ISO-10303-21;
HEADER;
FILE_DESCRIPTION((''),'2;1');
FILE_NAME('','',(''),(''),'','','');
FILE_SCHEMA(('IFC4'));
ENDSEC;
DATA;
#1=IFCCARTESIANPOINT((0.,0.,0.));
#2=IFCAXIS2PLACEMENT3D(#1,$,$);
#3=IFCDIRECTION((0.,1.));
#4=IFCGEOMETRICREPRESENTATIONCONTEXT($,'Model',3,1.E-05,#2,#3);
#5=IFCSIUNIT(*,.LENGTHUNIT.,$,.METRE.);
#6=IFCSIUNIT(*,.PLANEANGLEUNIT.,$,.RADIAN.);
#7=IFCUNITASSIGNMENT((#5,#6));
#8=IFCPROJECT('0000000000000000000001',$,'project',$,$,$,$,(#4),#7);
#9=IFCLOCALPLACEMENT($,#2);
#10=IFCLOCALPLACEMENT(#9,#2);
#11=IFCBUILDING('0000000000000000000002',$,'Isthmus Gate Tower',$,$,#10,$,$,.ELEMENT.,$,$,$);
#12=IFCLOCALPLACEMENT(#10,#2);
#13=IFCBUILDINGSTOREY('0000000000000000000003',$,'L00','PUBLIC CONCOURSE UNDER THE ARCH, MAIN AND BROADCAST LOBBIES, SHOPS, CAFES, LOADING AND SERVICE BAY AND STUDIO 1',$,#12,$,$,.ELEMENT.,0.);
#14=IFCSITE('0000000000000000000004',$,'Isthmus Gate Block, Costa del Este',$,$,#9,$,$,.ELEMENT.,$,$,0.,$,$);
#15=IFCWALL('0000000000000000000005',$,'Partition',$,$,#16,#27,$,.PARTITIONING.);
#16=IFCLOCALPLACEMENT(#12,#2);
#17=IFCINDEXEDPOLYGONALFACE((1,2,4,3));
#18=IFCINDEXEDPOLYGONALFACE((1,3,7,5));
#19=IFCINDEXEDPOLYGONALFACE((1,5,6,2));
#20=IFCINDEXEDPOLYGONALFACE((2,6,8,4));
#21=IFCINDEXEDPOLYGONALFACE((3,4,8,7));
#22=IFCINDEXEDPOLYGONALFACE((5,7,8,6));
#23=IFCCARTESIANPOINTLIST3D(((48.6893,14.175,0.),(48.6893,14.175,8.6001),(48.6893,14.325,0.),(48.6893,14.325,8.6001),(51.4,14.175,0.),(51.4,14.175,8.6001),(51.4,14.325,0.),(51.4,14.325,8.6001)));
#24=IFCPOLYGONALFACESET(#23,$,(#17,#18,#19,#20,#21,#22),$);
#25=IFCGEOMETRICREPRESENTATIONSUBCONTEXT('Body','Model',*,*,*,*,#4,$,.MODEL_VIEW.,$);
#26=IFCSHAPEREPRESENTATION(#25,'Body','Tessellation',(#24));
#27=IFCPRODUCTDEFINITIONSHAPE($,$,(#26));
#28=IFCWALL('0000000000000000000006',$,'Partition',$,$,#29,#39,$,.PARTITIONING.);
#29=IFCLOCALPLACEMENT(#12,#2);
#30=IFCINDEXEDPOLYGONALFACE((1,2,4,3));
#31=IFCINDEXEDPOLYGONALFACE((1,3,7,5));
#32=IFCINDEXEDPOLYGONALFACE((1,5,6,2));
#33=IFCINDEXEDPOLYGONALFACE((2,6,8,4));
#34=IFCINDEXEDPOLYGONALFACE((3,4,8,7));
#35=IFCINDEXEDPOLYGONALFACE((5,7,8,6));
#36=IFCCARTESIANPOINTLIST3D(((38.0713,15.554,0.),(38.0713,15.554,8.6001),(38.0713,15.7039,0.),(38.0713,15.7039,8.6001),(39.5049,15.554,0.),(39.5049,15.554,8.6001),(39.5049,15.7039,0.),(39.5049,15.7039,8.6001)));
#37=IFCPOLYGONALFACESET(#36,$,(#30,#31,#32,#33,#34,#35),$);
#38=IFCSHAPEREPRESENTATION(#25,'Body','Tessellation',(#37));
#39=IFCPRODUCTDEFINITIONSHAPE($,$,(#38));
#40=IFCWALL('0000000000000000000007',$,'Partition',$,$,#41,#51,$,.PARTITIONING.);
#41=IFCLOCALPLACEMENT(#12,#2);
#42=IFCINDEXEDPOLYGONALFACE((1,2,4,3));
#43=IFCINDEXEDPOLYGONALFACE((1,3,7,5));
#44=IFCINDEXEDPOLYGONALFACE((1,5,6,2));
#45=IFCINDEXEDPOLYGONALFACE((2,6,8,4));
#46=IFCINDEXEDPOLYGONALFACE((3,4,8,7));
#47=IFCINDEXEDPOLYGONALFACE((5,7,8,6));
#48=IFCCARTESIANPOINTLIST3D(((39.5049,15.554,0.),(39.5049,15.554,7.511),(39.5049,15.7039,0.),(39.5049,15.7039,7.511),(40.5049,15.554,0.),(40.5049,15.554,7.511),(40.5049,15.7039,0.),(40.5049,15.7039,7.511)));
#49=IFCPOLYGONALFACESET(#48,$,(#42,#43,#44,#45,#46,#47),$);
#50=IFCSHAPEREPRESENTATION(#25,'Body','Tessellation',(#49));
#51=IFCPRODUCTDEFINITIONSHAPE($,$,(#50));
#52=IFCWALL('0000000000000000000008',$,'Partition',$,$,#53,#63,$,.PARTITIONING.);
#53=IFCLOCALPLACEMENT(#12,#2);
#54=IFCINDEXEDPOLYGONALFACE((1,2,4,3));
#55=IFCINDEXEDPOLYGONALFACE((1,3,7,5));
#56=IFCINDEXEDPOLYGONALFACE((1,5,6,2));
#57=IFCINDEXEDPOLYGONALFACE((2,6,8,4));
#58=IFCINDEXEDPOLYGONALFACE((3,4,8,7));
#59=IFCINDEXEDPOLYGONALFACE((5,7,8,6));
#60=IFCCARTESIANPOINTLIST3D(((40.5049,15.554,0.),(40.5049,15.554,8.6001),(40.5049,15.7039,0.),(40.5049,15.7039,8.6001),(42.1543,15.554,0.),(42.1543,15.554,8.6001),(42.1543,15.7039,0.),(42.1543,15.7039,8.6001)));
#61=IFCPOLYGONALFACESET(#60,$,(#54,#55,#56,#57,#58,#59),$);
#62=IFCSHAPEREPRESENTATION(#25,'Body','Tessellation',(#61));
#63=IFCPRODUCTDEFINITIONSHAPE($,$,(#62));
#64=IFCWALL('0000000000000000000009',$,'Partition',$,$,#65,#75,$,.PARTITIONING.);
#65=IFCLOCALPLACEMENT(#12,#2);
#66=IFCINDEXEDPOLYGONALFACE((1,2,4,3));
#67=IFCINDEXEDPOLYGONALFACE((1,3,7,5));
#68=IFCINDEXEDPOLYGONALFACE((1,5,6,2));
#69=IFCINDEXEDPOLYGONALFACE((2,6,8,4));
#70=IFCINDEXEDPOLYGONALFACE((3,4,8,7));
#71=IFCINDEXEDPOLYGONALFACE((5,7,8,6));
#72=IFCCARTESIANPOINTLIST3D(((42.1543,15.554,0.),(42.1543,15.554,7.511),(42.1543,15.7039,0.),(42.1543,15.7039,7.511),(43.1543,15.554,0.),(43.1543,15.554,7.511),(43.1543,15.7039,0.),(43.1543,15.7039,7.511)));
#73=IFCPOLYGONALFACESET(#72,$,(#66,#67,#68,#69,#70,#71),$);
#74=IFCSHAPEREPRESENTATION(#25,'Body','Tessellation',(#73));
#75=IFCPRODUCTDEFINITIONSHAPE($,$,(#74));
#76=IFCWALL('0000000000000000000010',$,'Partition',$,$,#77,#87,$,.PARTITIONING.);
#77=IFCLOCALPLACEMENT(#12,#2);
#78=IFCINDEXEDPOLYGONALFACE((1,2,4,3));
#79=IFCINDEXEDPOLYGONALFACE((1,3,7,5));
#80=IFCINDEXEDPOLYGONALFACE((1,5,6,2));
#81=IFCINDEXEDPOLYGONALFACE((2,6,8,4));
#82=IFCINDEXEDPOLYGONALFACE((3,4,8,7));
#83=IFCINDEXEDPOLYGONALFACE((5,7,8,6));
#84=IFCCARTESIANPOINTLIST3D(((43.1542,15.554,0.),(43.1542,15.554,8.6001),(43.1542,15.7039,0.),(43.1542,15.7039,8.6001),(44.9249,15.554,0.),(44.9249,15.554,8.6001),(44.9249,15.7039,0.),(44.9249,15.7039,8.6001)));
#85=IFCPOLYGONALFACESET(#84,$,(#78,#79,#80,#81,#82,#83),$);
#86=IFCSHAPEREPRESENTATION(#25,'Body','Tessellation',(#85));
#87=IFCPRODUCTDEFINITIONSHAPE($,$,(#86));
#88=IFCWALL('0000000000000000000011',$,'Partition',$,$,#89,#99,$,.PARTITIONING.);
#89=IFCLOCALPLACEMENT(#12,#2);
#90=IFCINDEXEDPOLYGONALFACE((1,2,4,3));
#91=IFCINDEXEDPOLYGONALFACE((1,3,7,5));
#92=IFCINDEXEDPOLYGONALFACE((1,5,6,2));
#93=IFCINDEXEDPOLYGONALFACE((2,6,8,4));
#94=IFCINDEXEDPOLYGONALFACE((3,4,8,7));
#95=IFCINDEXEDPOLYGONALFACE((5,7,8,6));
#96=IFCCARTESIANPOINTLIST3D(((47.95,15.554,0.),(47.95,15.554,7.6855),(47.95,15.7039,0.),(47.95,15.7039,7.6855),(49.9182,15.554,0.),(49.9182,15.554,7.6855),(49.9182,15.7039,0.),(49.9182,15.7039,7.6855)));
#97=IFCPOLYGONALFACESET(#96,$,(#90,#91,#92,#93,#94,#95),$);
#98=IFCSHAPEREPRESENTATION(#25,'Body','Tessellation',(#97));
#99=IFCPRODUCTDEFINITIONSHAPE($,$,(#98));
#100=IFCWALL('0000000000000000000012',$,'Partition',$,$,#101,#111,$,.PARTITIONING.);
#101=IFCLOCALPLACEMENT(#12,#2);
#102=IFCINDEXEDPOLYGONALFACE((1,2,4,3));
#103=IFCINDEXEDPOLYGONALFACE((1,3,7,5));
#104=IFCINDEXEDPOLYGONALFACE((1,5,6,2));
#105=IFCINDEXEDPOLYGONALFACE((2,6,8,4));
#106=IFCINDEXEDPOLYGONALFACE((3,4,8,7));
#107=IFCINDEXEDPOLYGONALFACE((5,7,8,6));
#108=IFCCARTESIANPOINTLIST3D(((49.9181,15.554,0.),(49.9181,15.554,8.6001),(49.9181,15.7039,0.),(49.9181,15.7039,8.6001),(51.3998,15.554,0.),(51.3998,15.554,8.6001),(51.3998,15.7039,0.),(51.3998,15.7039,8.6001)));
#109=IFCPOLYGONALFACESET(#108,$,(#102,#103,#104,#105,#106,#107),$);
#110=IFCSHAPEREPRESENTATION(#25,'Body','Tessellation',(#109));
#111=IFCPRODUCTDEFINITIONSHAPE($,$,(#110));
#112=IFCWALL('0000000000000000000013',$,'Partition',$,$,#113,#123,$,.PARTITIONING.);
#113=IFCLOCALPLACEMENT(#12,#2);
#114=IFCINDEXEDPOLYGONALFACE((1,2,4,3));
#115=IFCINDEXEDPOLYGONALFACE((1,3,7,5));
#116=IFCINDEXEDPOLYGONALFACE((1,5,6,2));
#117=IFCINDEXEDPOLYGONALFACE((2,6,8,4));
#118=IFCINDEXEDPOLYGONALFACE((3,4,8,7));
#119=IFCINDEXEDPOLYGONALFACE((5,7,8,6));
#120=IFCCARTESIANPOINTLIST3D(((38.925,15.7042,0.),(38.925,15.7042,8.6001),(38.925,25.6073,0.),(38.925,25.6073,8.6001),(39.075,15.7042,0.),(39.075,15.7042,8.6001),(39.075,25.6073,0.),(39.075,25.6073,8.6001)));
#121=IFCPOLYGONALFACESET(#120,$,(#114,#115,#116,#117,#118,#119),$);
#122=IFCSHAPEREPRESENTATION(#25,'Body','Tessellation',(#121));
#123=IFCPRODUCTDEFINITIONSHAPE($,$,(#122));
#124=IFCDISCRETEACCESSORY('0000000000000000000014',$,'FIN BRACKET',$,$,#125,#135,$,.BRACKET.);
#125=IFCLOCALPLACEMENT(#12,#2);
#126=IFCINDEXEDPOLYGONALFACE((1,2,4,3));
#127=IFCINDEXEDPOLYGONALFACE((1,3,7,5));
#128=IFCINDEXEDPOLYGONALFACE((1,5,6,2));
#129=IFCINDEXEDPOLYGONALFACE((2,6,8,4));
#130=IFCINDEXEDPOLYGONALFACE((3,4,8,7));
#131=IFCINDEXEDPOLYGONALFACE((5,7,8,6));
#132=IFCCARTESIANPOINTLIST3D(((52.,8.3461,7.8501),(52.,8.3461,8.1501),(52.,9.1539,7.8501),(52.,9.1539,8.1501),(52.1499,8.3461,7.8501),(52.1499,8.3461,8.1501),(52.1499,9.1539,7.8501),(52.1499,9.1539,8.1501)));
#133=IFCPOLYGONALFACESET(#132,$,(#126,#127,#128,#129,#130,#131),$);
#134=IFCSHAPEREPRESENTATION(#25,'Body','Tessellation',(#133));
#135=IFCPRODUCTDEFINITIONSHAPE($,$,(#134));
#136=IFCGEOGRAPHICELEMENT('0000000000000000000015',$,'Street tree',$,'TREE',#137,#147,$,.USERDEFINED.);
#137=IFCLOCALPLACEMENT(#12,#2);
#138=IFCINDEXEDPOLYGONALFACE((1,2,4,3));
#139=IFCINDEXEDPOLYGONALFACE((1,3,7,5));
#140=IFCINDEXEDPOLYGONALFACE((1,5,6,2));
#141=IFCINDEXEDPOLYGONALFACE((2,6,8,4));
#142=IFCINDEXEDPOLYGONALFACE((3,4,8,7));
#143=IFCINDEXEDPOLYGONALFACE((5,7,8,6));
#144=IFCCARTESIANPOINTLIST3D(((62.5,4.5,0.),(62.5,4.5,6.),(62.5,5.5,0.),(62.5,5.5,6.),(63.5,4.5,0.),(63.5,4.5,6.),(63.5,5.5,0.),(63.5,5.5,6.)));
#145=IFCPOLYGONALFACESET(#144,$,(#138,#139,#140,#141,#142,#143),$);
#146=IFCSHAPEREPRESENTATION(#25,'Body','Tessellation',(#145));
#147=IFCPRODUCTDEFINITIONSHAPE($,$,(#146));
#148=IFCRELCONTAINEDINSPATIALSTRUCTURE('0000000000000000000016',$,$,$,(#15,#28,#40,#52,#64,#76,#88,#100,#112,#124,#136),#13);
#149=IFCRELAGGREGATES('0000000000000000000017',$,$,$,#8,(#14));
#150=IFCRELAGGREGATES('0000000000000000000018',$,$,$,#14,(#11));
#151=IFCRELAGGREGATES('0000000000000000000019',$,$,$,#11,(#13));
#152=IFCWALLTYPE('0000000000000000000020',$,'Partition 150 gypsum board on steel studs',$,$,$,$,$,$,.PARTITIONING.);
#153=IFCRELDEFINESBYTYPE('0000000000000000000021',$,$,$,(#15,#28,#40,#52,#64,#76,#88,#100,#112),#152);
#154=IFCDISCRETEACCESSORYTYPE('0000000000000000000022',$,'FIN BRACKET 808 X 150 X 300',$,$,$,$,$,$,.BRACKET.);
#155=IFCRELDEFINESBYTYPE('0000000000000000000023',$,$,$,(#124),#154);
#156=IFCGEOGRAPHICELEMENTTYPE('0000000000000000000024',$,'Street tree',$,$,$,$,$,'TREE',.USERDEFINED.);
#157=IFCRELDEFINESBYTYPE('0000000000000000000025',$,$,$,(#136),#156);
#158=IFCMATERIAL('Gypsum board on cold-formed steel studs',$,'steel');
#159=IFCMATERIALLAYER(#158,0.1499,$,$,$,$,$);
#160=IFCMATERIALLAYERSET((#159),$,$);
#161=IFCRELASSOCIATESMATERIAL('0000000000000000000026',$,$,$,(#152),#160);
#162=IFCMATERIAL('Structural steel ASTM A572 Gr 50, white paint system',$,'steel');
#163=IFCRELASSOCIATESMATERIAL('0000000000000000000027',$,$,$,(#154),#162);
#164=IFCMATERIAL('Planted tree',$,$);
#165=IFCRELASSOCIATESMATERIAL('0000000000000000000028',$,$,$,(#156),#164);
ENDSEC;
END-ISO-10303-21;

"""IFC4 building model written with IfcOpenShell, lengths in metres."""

from ifc_helpers import new_model, si_unit, direction, frame, frame_2d, origin, origin_2d, place, context, subcontext, project, spatial, rectangle, extrude, material, layer, layer_set, type_object, element, save


model = new_model("IFC4")

# Units and contexts
model_context = context("Model", 3, precision=1e-05, world=origin(), true_north=direction((0.0, 1.0)))
body_context = subcontext(model_context, "Body", "Model", "MODEL_VIEW")
ifc_project = project(units=[si_unit("LENGTHUNIT", "METRE"), si_unit("PLANEANGLEUNIT", "RADIAN")], contexts=[model_context])

# Site, building, storey
site_placement = place(None, origin())
site = spatial("IfcSite", under=ifc_project, at=site_placement, Name="Isthmus Gate Block, Costa del Este", CompositionType="ELEMENT", RefElevation=0.0)
building_placement = place(site_placement, origin())
building = spatial("IfcBuilding", under=site, at=building_placement, Name="Isthmus Gate Tower", CompositionType="ELEMENT")
storey_placement = place(building_placement, origin())
storey = spatial("IfcBuildingStorey", under=building, at=storey_placement, Name="L00", Description="PUBLIC CONCOURSE UNDER THE ARCH, MAIN AND BROADCAST LOBBIES, SHOPS, CAFES, LOADING AND SERVICE BAY AND STUDIO 1", CompositionType="ELEMENT", Elevation=0.0)

# Shared definitions
ifc_material_1 = material(Name="Gypsum board on cold-formed steel studs", Category="steel")
ifc_layer_1 = layer(ifc_material_1, 0.1499)
ifc_layer_set_1 = layer_set([ifc_layer_1])
wall_type_1 = type_object("IfcWallType", Name="Partition 150 gypsum board on steel studs", PredefinedType="PARTITIONING", material=ifc_layer_set_1)

# Walls
wall_1_placement = place(storey_placement, frame((48.6892, 14.25, 0.0), z_axis=(0.0, 0.0, 1.0), x_axis=(1.0, 0.0, 0.0)))
element("IfcWall", 1, at=wall_1_placement, inside=storey, type_object=wall_type_1, Name="Partition", PredefinedType="PARTITIONING", context=body_context, shape_type="SweptSolid", body=[
    extrude(rectangle(XDim=2.7107, YDim=0.1499, at=frame_2d((1.3555, 0.0))), origin(), (0.0, 0.0, 1.0), 8.6001),
])
wall_2_placement = place(storey_placement, frame((38.0713, 15.6289, 0.0), z_axis=(0.0, 0.0, 1.0), x_axis=(1.0, 0.0, 0.0)))
element("IfcWall", 2, at=wall_2_placement, inside=storey, type_object=wall_type_1, Name="Partition", PredefinedType="PARTITIONING", context=body_context, shape_type="SweptSolid", body=[
    extrude(rectangle(XDim=1.4336, YDim=0.1499, at=frame_2d((0.7168, 0.0))), origin(), (0.0, 0.0, 1.0), 8.6001),
])
wall_3_placement = place(storey_placement, frame((39.5049, 15.6289, 0.0), z_axis=(0.0, 0.0, 1.0), x_axis=(1.0, 0.0, 0.0)))
element("IfcWall", 3, at=wall_3_placement, inside=storey, type_object=wall_type_1, Name="Partition", PredefinedType="PARTITIONING", context=body_context, shape_type="SweptSolid", body=[
    extrude(rectangle(XDim=1.0, YDim=0.1499, at=frame_2d((0.5, 0.0))), origin(), (0.0, 0.0, 1.0), 7.511),
])
wall_4_placement = place(storey_placement, frame((40.5049, 15.6289, 0.0), z_axis=(0.0, 0.0, 1.0), x_axis=(1.0, 0.0, 0.0)))
element("IfcWall", 4, at=wall_4_placement, inside=storey, type_object=wall_type_1, Name="Partition", PredefinedType="PARTITIONING", context=body_context, shape_type="SweptSolid", body=[
    extrude(rectangle(XDim=1.6494, YDim=0.1499, at=frame_2d((0.8247, 0.0))), origin(), (0.0, 0.0, 1.0), 8.6001),
])
wall_5_placement = place(storey_placement, frame((42.1543, 15.6289, 0.0), z_axis=(0.0, 0.0, 1.0), x_axis=(1.0, 0.0, 0.0)))
element("IfcWall", 5, at=wall_5_placement, inside=storey, type_object=wall_type_1, Name="Partition", PredefinedType="PARTITIONING", context=body_context, shape_type="SweptSolid", body=[
    extrude(rectangle(XDim=1.0, YDim=0.1499, at=frame_2d((0.5, 0.0))), origin(), (0.0, 0.0, 1.0), 7.511),
])
wall_6_placement = place(storey_placement, frame((43.1543, 15.6289, 0.0), z_axis=(0.0, 0.0, 1.0), x_axis=(1.0, 0.0, 0.0)))
element("IfcWall", 6, at=wall_6_placement, inside=storey, type_object=wall_type_1, Name="Partition", PredefinedType="PARTITIONING", context=body_context, shape_type="SweptSolid", body=[
    extrude(rectangle(XDim=1.7708, YDim=0.1499, at=frame_2d((0.8853, 0.0))), origin(), (0.0, 0.0, 1.0), 8.6001),
])
wall_7_placement = place(storey_placement, frame((47.95, 15.6289, 0.0), z_axis=(0.0, 0.0, 1.0), x_axis=(1.0, 0.0, 0.0)))
element("IfcWall", 7, at=wall_7_placement, inside=storey, type_object=wall_type_1, Name="Partition", PredefinedType="PARTITIONING", context=body_context, shape_type="SweptSolid", body=[
    extrude(rectangle(XDim=1.9683, YDim=0.1499, at=frame_2d((0.9841, 0.0))), origin(), (0.0, 0.0, 1.0), 7.6855),
])
wall_8_placement = place(storey_placement, frame((49.9182, 15.6289, 0.0), z_axis=(0.0, 0.0, 1.0), x_axis=(1.0, 0.0, 0.0)))
element("IfcWall", 8, at=wall_8_placement, inside=storey, type_object=wall_type_1, Name="Partition", PredefinedType="PARTITIONING", context=body_context, shape_type="SweptSolid", body=[
    extrude(rectangle(XDim=1.4817, YDim=0.1499, at=frame_2d((0.7407, 0.0))), origin(), (0.0, 0.0, 1.0), 8.6001),
])
wall_9_placement = place(storey_placement, frame((39.0, 15.7041, 0.0), z_axis=(0.0, 0.0, 1.0), x_axis=(0.0, 1.0, 0.0)))
element("IfcWall", 9, at=wall_9_placement, inside=storey, type_object=wall_type_1, Name="Partition", PredefinedType="PARTITIONING", context=body_context, shape_type="SweptSolid", body=[
    extrude(rectangle(XDim=9.9031, YDim=0.1499, at=frame_2d((4.9517, 0.0))), origin(), (0.0, 0.0, 1.0), 8.6001),
])

# Discrete accessory
ifc_material_2 = material(Name="Structural steel ASTM A572 Gr 50, white paint system", Category="steel")
discrete_accessory_type = type_object("IfcDiscreteAccessoryType", Name="FIN BRACKET 808 X 150 X 300", PredefinedType="BRACKET", material=ifc_material_2)
discrete_accessory_placement = place(storey_placement, frame((52.075, 8.75, 7.8501), z_axis=(0.0, 0.0, 1.0), x_axis=(1.0, 0.0, 0.0)))
element("IfcDiscreteAccessory", 10, at=discrete_accessory_placement, inside=storey, type_object=discrete_accessory_type, Name="FIN BRACKET", PredefinedType="BRACKET", context=body_context, shape_type="SweptSolid", body=[
    extrude(rectangle(XDim=0.1499, YDim=0.8079, at=origin_2d()), origin(), (0.0, 0.0, 1.0), 0.3),
])

# Geographic element
ifc_material_3 = material(Name="Planted tree")
geographic_element_type = type_object("IfcGeographicElementType", Name="Street tree", ElementType="TREE", PredefinedType="USERDEFINED", material=ifc_material_3)
geographic_element_placement = place(storey_placement, frame((63.0, 5.0, 0.0), z_axis=(0.0, 0.0, 1.0), x_axis=(1.0, 0.0, 0.0)))
element("IfcGeographicElement", 11, at=geographic_element_placement, inside=storey, type_object=geographic_element_type, Name="Street tree", ObjectType="TREE", PredefinedType="USERDEFINED", context=body_context, shape_type="SweptSolid", body=[
    extrude(rectangle(XDim=1.0, YDim=1.0, at=origin_2d()), origin(), (0.0, 0.0, 1.0), 6.0),
])

save(model, "model.ifc")
